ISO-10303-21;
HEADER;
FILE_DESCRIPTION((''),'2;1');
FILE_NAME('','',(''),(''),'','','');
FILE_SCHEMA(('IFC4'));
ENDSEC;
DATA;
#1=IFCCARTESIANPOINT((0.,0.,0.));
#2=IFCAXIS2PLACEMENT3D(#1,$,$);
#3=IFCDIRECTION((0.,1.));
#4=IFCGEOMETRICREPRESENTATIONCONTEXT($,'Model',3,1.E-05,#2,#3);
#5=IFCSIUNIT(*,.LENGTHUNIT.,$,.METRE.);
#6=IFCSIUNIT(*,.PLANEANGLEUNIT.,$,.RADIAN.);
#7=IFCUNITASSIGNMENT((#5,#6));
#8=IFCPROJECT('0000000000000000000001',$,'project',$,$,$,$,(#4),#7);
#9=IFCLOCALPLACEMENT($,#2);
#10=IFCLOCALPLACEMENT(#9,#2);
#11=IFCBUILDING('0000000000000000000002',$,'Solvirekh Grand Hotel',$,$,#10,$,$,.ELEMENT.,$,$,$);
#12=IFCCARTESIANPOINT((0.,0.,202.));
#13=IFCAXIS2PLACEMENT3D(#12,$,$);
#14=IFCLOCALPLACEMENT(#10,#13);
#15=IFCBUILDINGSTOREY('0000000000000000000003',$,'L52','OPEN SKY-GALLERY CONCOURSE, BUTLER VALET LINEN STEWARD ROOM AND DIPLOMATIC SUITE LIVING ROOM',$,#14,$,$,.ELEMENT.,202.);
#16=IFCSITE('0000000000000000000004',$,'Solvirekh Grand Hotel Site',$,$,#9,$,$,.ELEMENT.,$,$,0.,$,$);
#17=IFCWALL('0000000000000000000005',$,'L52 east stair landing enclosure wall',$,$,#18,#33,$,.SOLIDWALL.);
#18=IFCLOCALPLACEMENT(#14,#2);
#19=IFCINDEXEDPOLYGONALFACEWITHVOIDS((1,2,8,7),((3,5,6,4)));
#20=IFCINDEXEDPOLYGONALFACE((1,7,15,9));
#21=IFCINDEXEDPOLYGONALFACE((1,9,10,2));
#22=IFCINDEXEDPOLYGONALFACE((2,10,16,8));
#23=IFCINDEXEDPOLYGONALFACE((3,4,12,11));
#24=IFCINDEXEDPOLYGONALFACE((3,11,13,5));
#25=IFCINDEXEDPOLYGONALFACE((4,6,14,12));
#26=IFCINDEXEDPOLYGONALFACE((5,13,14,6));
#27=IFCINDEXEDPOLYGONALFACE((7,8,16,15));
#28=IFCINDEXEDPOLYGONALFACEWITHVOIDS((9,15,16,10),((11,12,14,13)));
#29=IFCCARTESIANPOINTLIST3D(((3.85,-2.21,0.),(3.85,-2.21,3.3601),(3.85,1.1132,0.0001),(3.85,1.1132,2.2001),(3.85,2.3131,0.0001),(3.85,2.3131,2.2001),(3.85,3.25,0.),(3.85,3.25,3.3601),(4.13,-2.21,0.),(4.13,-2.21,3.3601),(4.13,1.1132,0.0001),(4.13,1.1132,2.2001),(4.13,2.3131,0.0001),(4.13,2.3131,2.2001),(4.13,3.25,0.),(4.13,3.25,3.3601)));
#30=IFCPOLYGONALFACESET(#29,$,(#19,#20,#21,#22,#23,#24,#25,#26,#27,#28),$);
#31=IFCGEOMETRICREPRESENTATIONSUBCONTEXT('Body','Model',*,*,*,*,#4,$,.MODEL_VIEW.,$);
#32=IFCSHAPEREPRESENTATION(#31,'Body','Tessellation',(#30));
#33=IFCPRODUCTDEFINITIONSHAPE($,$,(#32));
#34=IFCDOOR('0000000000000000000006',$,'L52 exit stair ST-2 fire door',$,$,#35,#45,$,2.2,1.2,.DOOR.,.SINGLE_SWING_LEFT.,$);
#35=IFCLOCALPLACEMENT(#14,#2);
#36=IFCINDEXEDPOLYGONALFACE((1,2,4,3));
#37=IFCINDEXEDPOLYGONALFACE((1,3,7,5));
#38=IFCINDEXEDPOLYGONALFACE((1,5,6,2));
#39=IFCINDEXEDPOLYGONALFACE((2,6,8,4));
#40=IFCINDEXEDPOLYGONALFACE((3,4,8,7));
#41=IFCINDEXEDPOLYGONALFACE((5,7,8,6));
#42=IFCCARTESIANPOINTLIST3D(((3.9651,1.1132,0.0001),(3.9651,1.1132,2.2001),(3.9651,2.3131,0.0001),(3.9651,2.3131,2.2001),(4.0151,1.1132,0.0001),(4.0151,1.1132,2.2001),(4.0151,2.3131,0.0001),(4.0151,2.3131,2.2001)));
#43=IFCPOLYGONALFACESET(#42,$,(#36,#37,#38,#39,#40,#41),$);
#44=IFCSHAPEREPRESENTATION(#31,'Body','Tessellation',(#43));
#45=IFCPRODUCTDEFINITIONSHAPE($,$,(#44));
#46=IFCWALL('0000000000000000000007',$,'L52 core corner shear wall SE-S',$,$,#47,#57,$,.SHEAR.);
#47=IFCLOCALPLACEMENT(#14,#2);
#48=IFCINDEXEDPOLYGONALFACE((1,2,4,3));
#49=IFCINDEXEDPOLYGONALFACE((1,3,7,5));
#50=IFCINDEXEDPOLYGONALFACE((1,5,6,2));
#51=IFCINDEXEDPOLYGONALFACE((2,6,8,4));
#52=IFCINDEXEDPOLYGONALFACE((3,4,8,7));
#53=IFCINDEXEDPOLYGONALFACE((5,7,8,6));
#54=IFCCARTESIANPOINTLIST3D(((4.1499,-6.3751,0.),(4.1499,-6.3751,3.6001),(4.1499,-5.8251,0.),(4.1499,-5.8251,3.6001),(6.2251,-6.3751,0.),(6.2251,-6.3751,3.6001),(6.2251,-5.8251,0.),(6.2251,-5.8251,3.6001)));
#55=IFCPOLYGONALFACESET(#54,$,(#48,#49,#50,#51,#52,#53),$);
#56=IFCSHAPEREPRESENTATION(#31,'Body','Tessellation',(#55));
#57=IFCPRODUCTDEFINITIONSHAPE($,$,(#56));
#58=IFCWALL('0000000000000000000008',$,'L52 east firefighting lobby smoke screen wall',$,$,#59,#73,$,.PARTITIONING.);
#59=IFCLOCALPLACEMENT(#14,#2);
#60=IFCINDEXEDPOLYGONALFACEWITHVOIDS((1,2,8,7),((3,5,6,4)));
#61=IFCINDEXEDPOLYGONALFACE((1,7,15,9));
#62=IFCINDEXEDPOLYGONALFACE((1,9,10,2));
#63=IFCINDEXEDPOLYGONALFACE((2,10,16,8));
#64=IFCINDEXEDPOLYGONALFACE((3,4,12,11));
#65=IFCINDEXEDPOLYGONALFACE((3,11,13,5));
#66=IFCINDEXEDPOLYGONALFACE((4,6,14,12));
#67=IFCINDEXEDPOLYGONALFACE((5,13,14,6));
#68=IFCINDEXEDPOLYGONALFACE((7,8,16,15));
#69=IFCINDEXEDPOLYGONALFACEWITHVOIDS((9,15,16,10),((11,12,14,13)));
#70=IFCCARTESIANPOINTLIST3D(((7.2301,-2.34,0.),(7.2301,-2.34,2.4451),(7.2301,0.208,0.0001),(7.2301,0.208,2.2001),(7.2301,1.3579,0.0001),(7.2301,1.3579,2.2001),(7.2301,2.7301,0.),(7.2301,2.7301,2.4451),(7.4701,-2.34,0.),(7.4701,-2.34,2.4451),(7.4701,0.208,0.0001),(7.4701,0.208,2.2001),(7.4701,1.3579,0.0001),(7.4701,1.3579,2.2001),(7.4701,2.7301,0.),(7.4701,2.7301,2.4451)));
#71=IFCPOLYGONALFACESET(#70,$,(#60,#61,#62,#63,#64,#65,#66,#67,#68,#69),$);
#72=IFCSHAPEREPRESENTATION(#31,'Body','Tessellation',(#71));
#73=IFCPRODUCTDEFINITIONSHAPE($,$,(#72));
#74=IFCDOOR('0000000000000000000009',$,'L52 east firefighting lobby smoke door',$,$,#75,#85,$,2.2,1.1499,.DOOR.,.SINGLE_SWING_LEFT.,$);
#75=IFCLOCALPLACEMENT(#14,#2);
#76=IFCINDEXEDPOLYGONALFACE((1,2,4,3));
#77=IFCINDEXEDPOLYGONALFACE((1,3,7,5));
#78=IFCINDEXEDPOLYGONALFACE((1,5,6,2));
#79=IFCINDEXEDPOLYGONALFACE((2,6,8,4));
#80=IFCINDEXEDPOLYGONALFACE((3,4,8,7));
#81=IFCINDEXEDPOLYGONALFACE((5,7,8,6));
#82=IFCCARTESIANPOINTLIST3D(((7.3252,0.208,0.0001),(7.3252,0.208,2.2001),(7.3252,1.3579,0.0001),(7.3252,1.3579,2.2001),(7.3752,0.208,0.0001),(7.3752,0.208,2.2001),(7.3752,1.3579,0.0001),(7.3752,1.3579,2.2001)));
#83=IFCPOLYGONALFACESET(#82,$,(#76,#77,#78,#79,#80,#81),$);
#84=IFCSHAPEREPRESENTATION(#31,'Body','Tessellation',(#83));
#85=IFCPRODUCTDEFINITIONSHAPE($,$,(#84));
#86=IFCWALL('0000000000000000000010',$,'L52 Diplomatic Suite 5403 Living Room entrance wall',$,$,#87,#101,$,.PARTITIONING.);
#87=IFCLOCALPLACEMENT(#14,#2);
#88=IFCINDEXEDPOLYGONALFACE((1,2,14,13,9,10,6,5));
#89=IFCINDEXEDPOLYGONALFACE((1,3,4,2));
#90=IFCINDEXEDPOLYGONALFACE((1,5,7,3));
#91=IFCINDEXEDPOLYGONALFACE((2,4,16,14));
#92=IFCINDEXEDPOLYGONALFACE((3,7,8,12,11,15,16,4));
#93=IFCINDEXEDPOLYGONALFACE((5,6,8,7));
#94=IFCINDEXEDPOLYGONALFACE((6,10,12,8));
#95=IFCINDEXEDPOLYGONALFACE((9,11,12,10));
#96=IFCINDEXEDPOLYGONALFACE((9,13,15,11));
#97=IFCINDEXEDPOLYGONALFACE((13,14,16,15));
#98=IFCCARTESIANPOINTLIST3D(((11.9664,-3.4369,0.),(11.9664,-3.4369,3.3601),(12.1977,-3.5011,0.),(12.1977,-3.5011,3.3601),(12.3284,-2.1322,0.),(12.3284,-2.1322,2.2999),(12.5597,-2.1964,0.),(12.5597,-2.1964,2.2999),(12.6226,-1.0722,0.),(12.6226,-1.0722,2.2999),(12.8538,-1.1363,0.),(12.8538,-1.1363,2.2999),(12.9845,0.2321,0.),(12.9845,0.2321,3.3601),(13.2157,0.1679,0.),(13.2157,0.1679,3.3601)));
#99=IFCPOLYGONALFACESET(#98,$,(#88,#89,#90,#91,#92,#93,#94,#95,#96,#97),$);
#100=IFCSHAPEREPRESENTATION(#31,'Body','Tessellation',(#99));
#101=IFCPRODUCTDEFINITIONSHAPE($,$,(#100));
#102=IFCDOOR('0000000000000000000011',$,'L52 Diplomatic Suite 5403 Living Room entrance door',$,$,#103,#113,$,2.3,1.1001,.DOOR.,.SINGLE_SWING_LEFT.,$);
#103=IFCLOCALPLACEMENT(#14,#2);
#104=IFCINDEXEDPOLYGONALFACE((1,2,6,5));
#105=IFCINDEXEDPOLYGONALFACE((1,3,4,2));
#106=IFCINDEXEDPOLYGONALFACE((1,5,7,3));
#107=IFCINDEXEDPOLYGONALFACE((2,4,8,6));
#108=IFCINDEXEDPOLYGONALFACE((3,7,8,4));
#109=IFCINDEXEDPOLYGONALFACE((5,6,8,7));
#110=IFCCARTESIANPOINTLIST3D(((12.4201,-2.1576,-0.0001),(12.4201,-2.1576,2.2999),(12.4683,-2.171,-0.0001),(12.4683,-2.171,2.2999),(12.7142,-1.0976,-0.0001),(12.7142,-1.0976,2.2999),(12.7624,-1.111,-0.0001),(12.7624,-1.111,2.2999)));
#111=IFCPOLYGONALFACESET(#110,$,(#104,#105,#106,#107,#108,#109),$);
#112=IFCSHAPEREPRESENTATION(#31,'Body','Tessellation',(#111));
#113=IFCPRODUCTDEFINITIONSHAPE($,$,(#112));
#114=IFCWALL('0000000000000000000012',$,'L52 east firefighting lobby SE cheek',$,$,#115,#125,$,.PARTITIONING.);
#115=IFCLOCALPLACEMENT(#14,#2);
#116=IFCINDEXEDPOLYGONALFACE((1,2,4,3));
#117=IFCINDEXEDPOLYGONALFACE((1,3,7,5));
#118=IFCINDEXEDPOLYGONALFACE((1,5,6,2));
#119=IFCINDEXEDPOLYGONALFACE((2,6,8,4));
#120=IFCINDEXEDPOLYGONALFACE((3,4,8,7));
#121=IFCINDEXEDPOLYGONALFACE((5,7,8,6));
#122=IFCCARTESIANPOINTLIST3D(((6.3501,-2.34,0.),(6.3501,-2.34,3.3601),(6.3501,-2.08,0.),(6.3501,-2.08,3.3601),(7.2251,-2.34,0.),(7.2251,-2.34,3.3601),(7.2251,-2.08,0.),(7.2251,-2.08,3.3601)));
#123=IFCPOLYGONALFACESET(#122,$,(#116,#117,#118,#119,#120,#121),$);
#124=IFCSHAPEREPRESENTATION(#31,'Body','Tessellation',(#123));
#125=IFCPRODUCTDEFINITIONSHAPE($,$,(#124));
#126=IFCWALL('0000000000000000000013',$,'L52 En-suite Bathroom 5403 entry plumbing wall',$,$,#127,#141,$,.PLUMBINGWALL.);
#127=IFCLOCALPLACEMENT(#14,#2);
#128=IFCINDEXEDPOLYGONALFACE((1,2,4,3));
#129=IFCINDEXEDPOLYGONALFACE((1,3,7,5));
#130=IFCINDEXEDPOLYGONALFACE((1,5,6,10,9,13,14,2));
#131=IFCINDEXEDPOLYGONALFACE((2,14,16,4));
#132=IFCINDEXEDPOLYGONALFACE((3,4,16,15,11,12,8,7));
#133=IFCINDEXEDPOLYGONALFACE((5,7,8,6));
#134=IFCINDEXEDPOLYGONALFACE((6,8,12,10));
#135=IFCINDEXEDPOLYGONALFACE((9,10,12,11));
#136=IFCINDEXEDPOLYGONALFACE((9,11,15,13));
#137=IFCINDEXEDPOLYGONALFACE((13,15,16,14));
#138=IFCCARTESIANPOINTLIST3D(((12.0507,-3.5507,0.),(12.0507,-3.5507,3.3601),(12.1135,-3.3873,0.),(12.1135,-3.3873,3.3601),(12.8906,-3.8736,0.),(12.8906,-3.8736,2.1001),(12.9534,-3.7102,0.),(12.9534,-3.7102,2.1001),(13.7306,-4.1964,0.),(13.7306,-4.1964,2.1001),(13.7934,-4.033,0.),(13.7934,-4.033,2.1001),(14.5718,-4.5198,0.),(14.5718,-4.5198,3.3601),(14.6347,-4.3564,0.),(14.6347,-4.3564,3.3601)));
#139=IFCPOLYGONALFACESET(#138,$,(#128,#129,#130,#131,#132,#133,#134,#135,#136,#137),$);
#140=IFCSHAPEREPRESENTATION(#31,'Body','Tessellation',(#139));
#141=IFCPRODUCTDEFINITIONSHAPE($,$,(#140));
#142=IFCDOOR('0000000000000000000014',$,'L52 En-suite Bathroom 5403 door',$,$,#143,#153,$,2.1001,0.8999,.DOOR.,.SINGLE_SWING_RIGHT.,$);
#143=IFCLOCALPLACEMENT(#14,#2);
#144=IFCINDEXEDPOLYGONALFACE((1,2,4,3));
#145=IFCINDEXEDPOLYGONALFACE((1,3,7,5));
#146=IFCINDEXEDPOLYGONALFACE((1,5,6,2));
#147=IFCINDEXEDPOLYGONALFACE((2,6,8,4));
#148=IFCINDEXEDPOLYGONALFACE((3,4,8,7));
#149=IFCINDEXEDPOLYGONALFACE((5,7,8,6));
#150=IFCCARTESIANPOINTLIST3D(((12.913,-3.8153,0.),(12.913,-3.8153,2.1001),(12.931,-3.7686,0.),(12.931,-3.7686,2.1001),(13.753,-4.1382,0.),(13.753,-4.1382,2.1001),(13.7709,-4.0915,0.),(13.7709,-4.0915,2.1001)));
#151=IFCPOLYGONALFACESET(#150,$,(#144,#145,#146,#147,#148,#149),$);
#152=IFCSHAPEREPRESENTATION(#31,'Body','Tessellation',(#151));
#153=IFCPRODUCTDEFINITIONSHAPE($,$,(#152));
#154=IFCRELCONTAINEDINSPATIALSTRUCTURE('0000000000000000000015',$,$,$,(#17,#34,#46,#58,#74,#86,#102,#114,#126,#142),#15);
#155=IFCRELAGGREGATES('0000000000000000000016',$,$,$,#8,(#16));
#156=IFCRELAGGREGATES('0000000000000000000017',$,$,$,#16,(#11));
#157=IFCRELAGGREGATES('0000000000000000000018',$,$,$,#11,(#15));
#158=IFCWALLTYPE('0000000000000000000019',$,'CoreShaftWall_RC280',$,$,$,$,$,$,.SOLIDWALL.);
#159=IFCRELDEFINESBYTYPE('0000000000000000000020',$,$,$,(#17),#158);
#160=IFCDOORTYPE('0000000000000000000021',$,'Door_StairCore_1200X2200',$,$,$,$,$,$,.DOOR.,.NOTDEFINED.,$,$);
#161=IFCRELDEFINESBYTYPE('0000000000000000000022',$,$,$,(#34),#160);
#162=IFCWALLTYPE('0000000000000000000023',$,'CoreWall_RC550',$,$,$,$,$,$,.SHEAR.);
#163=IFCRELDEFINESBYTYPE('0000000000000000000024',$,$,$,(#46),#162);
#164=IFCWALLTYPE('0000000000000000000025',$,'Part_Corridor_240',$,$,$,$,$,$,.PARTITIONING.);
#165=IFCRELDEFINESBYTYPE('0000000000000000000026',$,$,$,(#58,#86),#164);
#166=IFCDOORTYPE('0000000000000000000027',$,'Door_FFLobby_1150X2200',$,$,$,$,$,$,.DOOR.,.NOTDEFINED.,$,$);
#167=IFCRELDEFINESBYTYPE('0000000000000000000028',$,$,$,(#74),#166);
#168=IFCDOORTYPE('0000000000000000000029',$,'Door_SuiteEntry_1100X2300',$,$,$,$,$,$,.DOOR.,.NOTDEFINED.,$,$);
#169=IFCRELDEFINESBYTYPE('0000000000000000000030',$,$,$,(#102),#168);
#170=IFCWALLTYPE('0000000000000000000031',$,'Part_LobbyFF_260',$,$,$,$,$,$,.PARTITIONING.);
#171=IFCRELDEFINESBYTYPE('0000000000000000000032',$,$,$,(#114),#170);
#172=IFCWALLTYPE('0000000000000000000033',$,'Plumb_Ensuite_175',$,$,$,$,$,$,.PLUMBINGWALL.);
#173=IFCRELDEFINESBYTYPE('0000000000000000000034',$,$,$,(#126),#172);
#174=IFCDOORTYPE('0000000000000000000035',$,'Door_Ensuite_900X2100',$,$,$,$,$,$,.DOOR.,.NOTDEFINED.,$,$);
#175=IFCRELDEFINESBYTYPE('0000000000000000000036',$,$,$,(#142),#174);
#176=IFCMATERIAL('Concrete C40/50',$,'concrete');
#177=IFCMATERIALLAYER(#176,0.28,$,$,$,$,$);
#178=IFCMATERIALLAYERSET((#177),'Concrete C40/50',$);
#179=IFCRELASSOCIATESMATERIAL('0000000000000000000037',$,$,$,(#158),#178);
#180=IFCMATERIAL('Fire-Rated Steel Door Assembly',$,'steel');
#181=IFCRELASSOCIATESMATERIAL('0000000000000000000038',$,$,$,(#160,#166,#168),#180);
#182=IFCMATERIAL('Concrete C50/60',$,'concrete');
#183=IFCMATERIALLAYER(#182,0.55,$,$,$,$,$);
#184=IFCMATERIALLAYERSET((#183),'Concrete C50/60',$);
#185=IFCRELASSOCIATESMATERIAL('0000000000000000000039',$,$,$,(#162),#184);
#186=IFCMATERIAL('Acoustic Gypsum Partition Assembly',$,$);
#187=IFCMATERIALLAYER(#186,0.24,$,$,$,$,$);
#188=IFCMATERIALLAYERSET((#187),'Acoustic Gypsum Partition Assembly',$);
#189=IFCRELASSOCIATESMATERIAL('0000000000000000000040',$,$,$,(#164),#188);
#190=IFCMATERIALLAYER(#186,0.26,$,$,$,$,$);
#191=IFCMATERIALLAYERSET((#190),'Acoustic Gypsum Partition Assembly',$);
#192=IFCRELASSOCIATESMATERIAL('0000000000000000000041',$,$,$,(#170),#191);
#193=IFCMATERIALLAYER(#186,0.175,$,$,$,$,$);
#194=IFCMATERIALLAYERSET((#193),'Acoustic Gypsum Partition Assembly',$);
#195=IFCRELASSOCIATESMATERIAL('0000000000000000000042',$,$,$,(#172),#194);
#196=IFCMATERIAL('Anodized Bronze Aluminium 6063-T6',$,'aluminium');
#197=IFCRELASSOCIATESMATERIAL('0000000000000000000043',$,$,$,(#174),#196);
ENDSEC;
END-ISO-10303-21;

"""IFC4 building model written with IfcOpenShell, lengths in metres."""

from ifc_helpers import new_model, si_unit, direction, frame, frame_2d, origin, place, context, subcontext, project, spatial, rectangle, extrude, material, layer, layer_set, type_object, element, fill, save


model = new_model("IFC4")

# Units and contexts
model_context = context("Model", 3, precision=1e-05, world=origin(), true_north=direction((0.0, 1.0)))
body_context = subcontext(model_context, "Body", "Model", "MODEL_VIEW")
ifc_project = project(units=[si_unit("LENGTHUNIT", "METRE"), si_unit("PLANEANGLEUNIT", "RADIAN")], contexts=[model_context])

# Site, building, storey
site_placement = place(None, origin())
site = spatial("IfcSite", under=ifc_project, at=site_placement, Name="Solvirekh Grand Hotel Site", CompositionType="ELEMENT", RefElevation=0.0)
building_placement = place(site_placement, origin())
building = spatial("IfcBuilding", under=site, at=building_placement, Name="Solvirekh Grand Hotel", CompositionType="ELEMENT")
storey_placement = place(building_placement, frame((0.0, 0.0, 202.0)))
storey = spatial("IfcBuildingStorey", under=building, at=storey_placement, Name="L52", Description="OPEN SKY-GALLERY CONCOURSE, BUTLER VALET LINEN STEWARD ROOM AND DIPLOMATIC SUITE LIVING ROOM", CompositionType="ELEMENT", Elevation=202.0)

# Shared definitions
ifc_material_1 = material(Name="Concrete C50/60", Category="concrete")

# Shared definitions
ifc_material_2 = material(Name="Anodized Bronze Aluminium 6063-T6", Category="aluminium")

# Shared definitions
ifc_material_3 = material(Name="Concrete C40/50", Category="concrete")
ifc_layer_1 = layer(ifc_material_3, 0.28)
ifc_layer_set_1 = layer_set([ifc_layer_1], Name="Concrete C40/50")
wall_type_1 = type_object("IfcWallType", Name="CoreShaftWall_RC280", PredefinedType="SOLIDWALL", material=ifc_layer_set_1)

# Shared definitions
ifc_material_4 = material(Name="Fire-Rated Steel Door Assembly", Category="steel")

# Wall, opening, door
wall_1_placement = place(storey_placement, frame((3.99, -2.21, 0.0), z_axis=(0.0, 0.0, 1.0), x_axis=(0.0, 1.0, 0.0)))
wall_1 = element("IfcWall", 1, at=wall_1_placement, inside=storey, type_object=wall_type_1, Name="L52 east stair landing enclosure wall", PredefinedType="SOLIDWALL", context=body_context, shape_type="SweptSolid", body=[
    extrude(rectangle(XDim=5.46, YDim=0.28, at=frame_2d((2.73, 0.0))), origin(), (0.0, 0.0, 1.0), 3.3601),
])
opening_1_placement = place(wall_1_placement, frame((3.323, 0.0, 0.0)))
opening_1 = element("IfcOpeningElement", 2, at=opening_1_placement, cuts=wall_1, PredefinedType="OPENING", context=body_context, shape_type="SweptSolid", body=[
    extrude(rectangle(XDim=1.2, YDim=2.2, at=frame_2d((0.6001, 1.1001))), frame((0.0, 0.1499, 0.0), z_axis=(0.0, -1.0, 0.0), x_axis=(1.0, 0.0, 0.0)), (0.0, 0.0, 1.0), 0.3),
])
door_type_1 = type_object("IfcDoorType", Name="Door_StairCore_1200X2200", OperationType="NOTDEFINED", PredefinedType="DOOR", material=ifc_material_4)
door_1_placement = place(opening_1_placement, origin())
door_1 = element("IfcDoor", 3, at=door_1_placement, inside=storey, type_object=door_type_1, Name="L52 exit stair ST-2 fire door", OperationType="SINGLE_SWING_LEFT", OverallHeight=2.2, OverallWidth=1.2, PredefinedType="DOOR", context=body_context, shape_type="SweptSolid", body=[
    extrude(rectangle(XDim=1.2, YDim=2.2, at=frame_2d((0.6001, 1.1001))), frame((0.0, 0.0249, 0.0), z_axis=(0.0, -1.0, 0.0), x_axis=(1.0, 0.0, 0.0)), (0.0, 0.0, 1.0), 0.05),
])
fill(opening_1, door_1)

# Wall
ifc_layer_2 = layer(ifc_material_1, 0.55)
ifc_layer_set_2 = layer_set([ifc_layer_2], Name="Concrete C50/60")
wall_type_2 = type_object("IfcWallType", Name="CoreWall_RC550", PredefinedType="SHEAR", material=ifc_layer_set_2)
wall_2_placement = place(storey_placement, frame((4.1499, -6.1001, 0.0), z_axis=(0.0, 0.0, 1.0), x_axis=(1.0, 0.0, 0.0)))
element("IfcWall", 4, at=wall_2_placement, inside=storey, type_object=wall_type_2, Name="L52 core corner shear wall SE-S", PredefinedType="SHEAR", context=body_context, shape_type="SweptSolid", body=[
    extrude(rectangle(XDim=2.0752, YDim=0.55, at=frame_2d((1.0376, 0.0))), origin(), (0.0, 0.0, 1.0), 3.6001),
])

# Walls, openings, doors
ifc_material_5 = material(Name="Acoustic Gypsum Partition Assembly")
ifc_layer_3 = layer(ifc_material_5, 0.24)
ifc_layer_set_3 = layer_set([ifc_layer_3], Name="Acoustic Gypsum Partition Assembly")
wall_type_3 = type_object("IfcWallType", Name="Part_Corridor_240", PredefinedType="PARTITIONING", material=ifc_layer_set_3)
wall_3_placement = place(storey_placement, frame((7.3501, -2.3401, 0.0), z_axis=(0.0, 0.0, 1.0), x_axis=(0.0, 1.0, 0.0)))
wall_3 = element("IfcWall", 5, at=wall_3_placement, inside=storey, type_object=wall_type_3, Name="L52 east firefighting lobby smoke screen wall", PredefinedType="PARTITIONING", context=body_context, shape_type="SweptSolid", body=[
    extrude(rectangle(XDim=5.0701, YDim=0.24, at=frame_2d((2.5352, 0.0))), origin(), (0.0, 0.0, 1.0), 2.4451),
])
opening_2_placement = place(wall_3_placement, frame((2.5481, 0.0, 0.0)))
opening_2 = element("IfcOpeningElement", 6, at=opening_2_placement, cuts=wall_3, PredefinedType="OPENING", context=body_context, shape_type="SweptSolid", body=[
    extrude(rectangle(XDim=1.1499, YDim=2.2, at=frame_2d((0.575, 1.1001))), frame((0.0, 0.1299, 0.0), z_axis=(0.0, -1.0, 0.0), x_axis=(1.0, 0.0, 0.0)), (0.0, 0.0, 1.0), 0.26),
])
door_type_2 = type_object("IfcDoorType", Name="Door_FFLobby_1150X2200", OperationType="NOTDEFINED", PredefinedType="DOOR", material=ifc_material_4)
door_2_placement = place(opening_2_placement, origin())
door_2 = element("IfcDoor", 7, at=door_2_placement, inside=storey, type_object=door_type_2, Name="L52 east firefighting lobby smoke door", OperationType="SINGLE_SWING_LEFT", OverallHeight=2.2, OverallWidth=1.1499, PredefinedType="DOOR", context=body_context, shape_type="SweptSolid", body=[
    extrude(rectangle(XDim=1.1499, YDim=2.2, at=frame_2d((0.575, 1.1001))), frame((0.0, 0.0249, 0.0), z_axis=(0.0, -1.0, 0.0), x_axis=(1.0, 0.0, 0.0)), (0.0, 0.0, 1.0), 0.05),
])
fill(opening_2, door_2)
wall_4_placement = place(storey_placement, frame((12.082, -3.469, 0.0), z_axis=(0.0, 0.0, 1.0), x_axis=(0.267379, 0.963591, 0.0)))
wall_4 = element("IfcWall", 8, at=wall_4_placement, inside=storey, type_object=wall_type_3, Name="L52 Diplomatic Suite 5403 Living Room entrance wall", PredefinedType="PARTITIONING", context=body_context, shape_type="SweptSolid", body=[
    extrude(rectangle(XDim=3.8076, YDim=0.24, at=frame_2d((1.9038, 0.0))), origin(), (0.0, 0.0, 1.0), 3.3601),
])
opening_3_placement = place(wall_4_placement, frame((1.354, 0.0, 0.0)))
opening_3 = element("IfcOpeningElement", 9, at=opening_3_placement, cuts=wall_4, PredefinedType="OPENING", context=body_context, shape_type="SweptSolid", body=[
    extrude(rectangle(XDim=1.1001, YDim=2.3, at=frame_2d((0.55, 1.1499))), frame((0.0, 0.1299, 0.0), z_axis=(0.0, -1.0, 0.0), x_axis=(1.0, 0.0, 0.0)), (0.0, 0.0, 1.0), 0.26),
])
door_type_3 = type_object("IfcDoorType", Name="Door_SuiteEntry_1100X2300", OperationType="NOTDEFINED", PredefinedType="DOOR", material=ifc_material_4)
door_3_placement = place(opening_3_placement, origin())
door_3 = element("IfcDoor", 10, at=door_3_placement, inside=storey, type_object=door_type_3, Name="L52 Diplomatic Suite 5403 Living Room entrance door", OperationType="SINGLE_SWING_LEFT", OverallHeight=2.3, OverallWidth=1.1001, PredefinedType="DOOR", context=body_context, shape_type="SweptSolid", body=[
    extrude(rectangle(XDim=1.1001, YDim=2.3, at=frame_2d((0.55, 1.1499))), frame((0.0, 0.0249, 0.0), z_axis=(0.0, -1.0, 0.0), x_axis=(1.0, 0.0, 0.0)), (0.0, 0.0, 1.0), 0.05),
])
fill(opening_3, door_3)

# Wall
ifc_layer_4 = layer(ifc_material_5, 0.26)
ifc_layer_set_4 = layer_set([ifc_layer_4], Name="Acoustic Gypsum Partition Assembly")
wall_type_4 = type_object("IfcWallType", Name="Part_LobbyFF_260", PredefinedType="PARTITIONING", material=ifc_layer_set_4)
wall_5_placement = place(storey_placement, frame((6.3501, -2.21, 0.0), z_axis=(0.0, 0.0, 1.0), x_axis=(1.0, 0.0, 0.0)))
element("IfcWall", 11, at=wall_5_placement, inside=storey, type_object=wall_type_4, Name="L52 east firefighting lobby SE cheek", PredefinedType="PARTITIONING", context=body_context, shape_type="SweptSolid", body=[
    extrude(rectangle(XDim=0.875, YDim=0.26, at=frame_2d((0.4375, 0.0))), origin(), (0.0, 0.0, 1.0), 3.3601),
])

# Wall, opening, door
ifc_layer_5 = layer(ifc_material_5, 0.175)
ifc_layer_set_5 = layer_set([ifc_layer_5], Name="Acoustic Gypsum Partition Assembly")
wall_type_5 = type_object("IfcWallType", Name="Plumb_Ensuite_175", PredefinedType="PLUMBINGWALL", material=ifc_layer_set_5)
wall_6_placement = place(storey_placement, frame((12.082, -3.469, 0.0), z_axis=(0.0, 0.0, 1.0), x_axis=(0.933422, -0.358779, 0.0)))
wall_6 = element("IfcWall", 12, at=wall_6_placement, inside=storey, type_object=wall_type_5, Name="L52 En-suite Bathroom 5403 entry plumbing wall", PredefinedType="PLUMBINGWALL", context=body_context, shape_type="SweptSolid", body=[
    extrude(rectangle(XDim=2.7009, YDim=0.175, at=frame_2d((1.3506, 0.0))), origin(), (0.0, 0.0, 1.0), 3.3601),
])
opening_4_placement = place(wall_6_placement, frame((0.8999, 0.0, 0.0)))
opening_4 = element("IfcOpeningElement", 13, at=opening_4_placement, cuts=wall_6, PredefinedType="OPENING", context=body_context, shape_type="SweptSolid", body=[
    extrude(rectangle(XDim=0.8999, YDim=2.1001, at=frame_2d((0.45, 1.05))), frame((0.0, 0.0977, 0.0), z_axis=(0.0, -1.0, 0.0), x_axis=(1.0, 0.0, 0.0)), (0.0, 0.0, 1.0), 0.1951),
])
door_type_4 = type_object("IfcDoorType", Name="Door_Ensuite_900X2100", OperationType="NOTDEFINED", PredefinedType="DOOR", material=ifc_material_2)
door_4_placement = place(opening_4_placement, origin())
door_4 = element("IfcDoor", 14, at=door_4_placement, inside=storey, type_object=door_type_4, Name="L52 En-suite Bathroom 5403 door", OperationType="SINGLE_SWING_RIGHT", OverallHeight=2.1001, OverallWidth=0.8999, PredefinedType="DOOR", context=body_context, shape_type="SweptSolid", body=[
    extrude(rectangle(XDim=0.8999, YDim=2.1001, at=frame_2d((0.45, 1.05))), frame((0.0, 0.0249, 0.0), z_axis=(0.0, -1.0, 0.0), x_axis=(1.0, 0.0, 0.0)), (0.0, 0.0, 1.0), 0.05),
])
fill(opening_4, door_4)

save(model, "model.ifc")
